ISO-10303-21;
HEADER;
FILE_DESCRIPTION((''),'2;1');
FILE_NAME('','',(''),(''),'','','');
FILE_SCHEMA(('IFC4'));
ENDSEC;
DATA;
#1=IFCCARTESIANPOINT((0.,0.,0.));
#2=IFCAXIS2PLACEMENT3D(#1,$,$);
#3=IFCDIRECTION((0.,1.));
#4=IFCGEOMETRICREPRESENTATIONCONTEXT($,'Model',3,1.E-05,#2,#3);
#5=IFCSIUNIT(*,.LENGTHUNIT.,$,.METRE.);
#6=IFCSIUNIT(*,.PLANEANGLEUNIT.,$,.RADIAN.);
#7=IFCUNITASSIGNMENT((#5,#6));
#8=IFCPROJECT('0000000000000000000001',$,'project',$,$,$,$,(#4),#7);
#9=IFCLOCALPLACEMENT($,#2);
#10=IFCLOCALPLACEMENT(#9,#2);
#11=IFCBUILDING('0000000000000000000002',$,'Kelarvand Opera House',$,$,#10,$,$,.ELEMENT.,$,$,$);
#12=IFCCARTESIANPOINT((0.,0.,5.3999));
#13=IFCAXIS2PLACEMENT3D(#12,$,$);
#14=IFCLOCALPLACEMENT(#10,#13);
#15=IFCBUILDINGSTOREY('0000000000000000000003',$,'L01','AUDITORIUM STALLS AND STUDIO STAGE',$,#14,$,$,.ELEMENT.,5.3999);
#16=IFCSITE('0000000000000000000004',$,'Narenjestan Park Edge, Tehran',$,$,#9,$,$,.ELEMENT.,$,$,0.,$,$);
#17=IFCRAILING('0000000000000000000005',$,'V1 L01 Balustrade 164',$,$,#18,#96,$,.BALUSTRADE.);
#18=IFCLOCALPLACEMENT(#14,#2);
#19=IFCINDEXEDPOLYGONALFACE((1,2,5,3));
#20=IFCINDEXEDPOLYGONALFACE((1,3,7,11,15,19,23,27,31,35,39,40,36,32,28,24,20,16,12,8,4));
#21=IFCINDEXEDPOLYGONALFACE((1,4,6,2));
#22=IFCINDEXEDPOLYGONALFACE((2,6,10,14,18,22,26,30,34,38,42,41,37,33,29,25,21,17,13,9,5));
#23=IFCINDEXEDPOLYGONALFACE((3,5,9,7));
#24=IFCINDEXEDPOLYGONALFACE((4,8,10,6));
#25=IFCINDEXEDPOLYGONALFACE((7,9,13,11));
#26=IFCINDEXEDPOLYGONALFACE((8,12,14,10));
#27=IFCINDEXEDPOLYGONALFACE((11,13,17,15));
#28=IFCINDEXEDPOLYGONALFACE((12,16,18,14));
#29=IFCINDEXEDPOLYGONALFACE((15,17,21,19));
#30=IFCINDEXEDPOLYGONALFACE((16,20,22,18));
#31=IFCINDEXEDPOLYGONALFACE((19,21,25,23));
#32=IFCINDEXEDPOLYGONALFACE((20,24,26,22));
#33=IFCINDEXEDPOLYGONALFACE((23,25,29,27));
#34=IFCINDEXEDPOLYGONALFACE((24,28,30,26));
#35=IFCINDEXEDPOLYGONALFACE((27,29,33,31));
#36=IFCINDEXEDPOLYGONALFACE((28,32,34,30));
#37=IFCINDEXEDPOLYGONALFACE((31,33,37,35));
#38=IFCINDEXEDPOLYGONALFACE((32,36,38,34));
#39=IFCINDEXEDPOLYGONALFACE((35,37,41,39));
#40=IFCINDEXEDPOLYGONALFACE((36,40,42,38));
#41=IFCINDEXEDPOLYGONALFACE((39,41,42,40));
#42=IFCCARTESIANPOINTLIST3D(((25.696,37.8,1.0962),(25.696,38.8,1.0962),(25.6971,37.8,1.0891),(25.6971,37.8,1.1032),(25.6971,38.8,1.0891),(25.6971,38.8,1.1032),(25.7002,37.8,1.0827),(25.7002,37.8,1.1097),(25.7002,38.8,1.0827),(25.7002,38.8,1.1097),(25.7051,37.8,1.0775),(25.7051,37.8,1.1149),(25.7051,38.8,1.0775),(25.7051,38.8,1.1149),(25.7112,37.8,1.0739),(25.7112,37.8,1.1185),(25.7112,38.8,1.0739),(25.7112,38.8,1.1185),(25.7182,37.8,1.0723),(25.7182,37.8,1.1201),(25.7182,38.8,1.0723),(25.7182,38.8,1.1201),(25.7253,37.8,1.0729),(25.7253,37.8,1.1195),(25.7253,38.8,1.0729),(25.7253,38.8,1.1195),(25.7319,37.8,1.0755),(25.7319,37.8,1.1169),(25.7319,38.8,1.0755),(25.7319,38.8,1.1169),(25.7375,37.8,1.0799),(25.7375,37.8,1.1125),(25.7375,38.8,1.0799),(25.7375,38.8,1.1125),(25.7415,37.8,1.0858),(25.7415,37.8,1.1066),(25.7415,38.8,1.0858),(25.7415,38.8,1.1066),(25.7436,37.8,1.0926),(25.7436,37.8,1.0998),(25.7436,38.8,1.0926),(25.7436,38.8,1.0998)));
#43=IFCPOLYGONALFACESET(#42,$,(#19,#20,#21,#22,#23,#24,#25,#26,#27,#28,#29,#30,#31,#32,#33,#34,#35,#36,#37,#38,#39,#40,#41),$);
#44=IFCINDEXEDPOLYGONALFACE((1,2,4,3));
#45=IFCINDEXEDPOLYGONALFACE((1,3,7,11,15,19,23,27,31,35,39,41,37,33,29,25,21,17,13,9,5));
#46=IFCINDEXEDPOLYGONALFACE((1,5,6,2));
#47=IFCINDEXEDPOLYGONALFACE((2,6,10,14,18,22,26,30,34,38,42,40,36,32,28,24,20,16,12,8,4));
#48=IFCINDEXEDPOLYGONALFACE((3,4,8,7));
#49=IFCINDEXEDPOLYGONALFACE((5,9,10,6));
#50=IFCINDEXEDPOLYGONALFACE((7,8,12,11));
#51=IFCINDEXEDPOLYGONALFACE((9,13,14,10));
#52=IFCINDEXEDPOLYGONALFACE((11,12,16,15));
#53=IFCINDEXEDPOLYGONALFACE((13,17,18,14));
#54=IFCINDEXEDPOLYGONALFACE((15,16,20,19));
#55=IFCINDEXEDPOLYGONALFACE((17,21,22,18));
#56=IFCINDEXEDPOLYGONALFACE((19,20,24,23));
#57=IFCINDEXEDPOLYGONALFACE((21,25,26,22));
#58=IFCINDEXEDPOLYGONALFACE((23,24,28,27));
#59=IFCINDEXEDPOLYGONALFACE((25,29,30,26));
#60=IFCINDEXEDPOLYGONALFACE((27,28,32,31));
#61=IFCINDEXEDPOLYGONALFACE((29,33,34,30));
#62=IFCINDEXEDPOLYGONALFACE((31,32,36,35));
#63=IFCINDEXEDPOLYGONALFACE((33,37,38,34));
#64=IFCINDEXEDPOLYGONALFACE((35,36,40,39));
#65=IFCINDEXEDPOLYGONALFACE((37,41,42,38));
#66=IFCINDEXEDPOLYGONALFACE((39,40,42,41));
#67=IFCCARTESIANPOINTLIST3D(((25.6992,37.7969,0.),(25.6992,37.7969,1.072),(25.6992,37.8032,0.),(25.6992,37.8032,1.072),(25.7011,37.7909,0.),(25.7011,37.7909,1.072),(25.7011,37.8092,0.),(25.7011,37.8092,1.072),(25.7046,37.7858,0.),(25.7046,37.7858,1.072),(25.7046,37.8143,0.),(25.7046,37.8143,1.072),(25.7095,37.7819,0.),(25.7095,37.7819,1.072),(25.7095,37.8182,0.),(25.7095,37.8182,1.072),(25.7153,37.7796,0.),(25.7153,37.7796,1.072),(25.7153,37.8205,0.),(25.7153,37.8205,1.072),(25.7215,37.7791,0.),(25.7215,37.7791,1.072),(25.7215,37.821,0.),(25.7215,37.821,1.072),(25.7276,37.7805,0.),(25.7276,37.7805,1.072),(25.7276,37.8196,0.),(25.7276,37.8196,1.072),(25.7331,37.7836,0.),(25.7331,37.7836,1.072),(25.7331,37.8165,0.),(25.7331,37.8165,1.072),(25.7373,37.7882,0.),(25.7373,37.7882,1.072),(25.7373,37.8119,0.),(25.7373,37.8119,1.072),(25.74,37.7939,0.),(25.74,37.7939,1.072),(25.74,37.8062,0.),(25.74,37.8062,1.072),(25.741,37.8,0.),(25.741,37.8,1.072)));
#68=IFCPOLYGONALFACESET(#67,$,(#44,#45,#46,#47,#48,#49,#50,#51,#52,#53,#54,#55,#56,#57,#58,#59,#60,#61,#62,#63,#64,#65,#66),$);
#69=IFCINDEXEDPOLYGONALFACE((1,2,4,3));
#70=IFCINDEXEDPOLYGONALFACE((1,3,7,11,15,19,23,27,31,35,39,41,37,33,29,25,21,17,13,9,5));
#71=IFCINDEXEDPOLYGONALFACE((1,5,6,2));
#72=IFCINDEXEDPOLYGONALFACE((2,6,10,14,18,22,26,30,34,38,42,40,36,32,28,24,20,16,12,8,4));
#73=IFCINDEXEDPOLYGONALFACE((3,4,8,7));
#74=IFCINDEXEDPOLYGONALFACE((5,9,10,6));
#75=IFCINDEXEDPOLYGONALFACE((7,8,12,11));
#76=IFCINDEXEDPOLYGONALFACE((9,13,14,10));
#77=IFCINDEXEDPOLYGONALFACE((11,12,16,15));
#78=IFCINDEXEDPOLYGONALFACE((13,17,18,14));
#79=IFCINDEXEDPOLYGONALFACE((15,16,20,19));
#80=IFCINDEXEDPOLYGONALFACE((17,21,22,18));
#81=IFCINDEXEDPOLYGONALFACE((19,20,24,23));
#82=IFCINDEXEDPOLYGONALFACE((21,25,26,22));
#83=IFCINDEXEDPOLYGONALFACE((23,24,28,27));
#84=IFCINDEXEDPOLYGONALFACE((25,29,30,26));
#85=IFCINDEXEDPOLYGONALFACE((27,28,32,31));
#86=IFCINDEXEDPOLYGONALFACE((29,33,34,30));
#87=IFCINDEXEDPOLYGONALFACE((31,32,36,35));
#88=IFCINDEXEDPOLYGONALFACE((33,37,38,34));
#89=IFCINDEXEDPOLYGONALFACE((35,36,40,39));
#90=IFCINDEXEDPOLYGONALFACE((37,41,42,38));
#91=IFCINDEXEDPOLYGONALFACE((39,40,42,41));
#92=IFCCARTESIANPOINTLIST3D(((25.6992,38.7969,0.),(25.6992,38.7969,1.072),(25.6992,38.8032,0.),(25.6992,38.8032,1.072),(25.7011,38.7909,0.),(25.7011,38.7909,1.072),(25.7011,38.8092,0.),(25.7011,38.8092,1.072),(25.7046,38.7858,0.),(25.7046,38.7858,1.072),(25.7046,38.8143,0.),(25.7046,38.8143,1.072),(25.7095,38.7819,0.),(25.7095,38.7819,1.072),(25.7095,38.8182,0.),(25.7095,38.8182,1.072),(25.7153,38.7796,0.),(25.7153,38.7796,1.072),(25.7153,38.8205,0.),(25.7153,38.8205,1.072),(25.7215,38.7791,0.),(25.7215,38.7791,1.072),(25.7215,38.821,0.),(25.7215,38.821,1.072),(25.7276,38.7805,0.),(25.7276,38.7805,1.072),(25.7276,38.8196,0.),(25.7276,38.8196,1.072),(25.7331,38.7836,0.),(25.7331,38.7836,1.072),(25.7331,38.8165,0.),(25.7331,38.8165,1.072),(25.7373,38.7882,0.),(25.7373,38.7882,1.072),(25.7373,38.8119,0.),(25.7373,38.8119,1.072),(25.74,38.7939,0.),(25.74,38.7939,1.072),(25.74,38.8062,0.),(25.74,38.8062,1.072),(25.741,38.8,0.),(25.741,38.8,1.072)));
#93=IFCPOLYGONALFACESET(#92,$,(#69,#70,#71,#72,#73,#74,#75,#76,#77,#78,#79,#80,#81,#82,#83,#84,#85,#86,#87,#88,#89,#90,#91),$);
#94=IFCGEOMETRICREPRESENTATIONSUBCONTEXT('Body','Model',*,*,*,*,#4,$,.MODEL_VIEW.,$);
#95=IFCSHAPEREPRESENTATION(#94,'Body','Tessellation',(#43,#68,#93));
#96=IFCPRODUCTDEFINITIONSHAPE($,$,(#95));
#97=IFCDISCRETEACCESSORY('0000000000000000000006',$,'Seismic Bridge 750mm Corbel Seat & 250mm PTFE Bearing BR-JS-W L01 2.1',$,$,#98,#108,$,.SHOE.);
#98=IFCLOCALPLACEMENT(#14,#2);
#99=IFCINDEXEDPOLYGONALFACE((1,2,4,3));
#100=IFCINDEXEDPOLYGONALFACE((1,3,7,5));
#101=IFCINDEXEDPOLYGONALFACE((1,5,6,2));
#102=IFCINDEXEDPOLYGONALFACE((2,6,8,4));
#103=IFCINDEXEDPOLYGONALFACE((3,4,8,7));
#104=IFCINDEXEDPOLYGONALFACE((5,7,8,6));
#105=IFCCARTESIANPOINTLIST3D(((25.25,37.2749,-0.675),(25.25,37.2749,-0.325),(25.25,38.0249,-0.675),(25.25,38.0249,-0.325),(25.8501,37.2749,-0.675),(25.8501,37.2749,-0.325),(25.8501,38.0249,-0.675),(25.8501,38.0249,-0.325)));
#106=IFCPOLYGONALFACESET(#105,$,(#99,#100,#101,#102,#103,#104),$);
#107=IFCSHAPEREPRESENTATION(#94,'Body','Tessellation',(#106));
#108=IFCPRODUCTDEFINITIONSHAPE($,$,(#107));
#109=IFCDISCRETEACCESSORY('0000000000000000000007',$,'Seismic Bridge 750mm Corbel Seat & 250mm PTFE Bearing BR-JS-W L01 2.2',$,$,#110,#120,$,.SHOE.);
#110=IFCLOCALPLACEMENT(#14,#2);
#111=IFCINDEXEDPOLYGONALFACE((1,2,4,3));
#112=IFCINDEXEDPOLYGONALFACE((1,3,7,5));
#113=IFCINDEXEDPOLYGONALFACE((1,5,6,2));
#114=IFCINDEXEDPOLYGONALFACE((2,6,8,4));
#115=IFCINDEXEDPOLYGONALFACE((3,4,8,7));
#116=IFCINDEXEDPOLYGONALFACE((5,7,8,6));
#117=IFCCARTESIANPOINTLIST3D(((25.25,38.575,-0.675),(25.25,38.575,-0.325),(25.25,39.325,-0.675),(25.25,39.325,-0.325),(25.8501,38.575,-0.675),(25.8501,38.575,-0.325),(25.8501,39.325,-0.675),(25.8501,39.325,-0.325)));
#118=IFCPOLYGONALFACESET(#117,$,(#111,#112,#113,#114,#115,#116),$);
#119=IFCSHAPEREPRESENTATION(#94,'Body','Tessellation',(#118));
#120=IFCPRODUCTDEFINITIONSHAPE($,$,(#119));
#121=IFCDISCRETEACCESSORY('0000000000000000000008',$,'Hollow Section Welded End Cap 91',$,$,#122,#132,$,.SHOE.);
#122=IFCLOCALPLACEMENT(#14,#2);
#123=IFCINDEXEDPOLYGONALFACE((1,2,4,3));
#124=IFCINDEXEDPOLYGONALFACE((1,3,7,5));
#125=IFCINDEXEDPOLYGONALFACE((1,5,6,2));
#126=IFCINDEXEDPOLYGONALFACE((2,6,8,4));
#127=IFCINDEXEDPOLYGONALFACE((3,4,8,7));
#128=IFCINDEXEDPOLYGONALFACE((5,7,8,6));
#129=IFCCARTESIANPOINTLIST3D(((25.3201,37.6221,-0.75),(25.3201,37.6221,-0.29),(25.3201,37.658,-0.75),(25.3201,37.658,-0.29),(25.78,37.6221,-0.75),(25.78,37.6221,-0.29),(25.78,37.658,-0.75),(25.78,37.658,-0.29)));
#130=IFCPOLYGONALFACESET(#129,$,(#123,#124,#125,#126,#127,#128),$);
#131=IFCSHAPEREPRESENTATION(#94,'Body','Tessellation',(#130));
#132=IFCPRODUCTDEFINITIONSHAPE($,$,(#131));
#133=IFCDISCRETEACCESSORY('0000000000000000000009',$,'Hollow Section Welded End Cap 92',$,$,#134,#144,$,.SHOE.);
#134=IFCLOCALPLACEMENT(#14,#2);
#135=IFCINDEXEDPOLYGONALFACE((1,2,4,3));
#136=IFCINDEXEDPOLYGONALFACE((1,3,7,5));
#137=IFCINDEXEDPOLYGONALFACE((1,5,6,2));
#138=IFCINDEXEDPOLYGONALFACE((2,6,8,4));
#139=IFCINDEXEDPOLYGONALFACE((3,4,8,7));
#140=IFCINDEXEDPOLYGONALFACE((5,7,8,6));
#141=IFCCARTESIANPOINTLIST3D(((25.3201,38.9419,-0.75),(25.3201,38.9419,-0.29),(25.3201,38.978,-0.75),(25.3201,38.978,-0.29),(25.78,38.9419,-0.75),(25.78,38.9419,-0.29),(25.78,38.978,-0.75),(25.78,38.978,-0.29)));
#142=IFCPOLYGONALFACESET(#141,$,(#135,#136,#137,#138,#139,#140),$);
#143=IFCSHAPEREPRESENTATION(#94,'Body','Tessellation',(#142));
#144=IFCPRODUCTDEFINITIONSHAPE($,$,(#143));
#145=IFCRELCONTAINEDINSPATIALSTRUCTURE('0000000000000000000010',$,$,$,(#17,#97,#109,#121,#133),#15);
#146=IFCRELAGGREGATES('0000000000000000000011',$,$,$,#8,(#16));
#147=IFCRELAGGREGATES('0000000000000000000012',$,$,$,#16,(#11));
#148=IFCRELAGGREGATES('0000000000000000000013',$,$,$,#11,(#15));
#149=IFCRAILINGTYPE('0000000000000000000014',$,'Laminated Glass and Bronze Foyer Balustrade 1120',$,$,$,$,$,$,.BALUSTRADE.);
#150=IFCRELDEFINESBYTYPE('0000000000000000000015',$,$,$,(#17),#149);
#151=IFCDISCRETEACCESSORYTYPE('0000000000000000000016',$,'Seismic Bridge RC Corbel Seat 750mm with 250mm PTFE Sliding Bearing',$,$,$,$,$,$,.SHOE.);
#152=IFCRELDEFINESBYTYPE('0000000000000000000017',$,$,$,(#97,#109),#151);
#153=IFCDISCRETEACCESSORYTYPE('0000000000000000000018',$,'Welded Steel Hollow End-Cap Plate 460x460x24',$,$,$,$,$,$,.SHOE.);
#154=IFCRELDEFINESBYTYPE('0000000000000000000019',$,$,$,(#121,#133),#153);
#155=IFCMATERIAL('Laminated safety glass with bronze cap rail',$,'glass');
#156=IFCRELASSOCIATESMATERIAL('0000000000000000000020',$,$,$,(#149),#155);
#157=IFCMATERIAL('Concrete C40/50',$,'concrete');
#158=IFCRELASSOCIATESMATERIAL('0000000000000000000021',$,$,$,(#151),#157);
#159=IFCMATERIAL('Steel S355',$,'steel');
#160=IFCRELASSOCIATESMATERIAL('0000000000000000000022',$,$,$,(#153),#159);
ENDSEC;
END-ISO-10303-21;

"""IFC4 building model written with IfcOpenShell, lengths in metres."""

from ifc_helpers import new_model, si_unit, direction, frame, origin, origin_2d, place, context, subcontext, project, spatial, rectangle, circle, extrude, material, material_profile, profile_set, type_object, element, save


model = new_model("IFC4")

# Units and contexts
model_context = context("Model", 3, precision=1e-05, world=origin(), true_north=direction((0.0, 1.0)))
body_context = subcontext(model_context, "Body", "Model", "MODEL_VIEW")
ifc_project = project(units=[si_unit("LENGTHUNIT", "METRE"), si_unit("PLANEANGLEUNIT", "RADIAN")], contexts=[model_context])

# Site, building, storey
site_placement = place(None, origin())
site = spatial("IfcSite", under=ifc_project, at=site_placement, Name="Narenjestan Park Edge, Tehran", CompositionType="ELEMENT", RefElevation=0.0)
building_placement = place(site_placement, origin())
building = spatial("IfcBuilding", under=site, at=building_placement, Name="Kelarvand Opera House", CompositionType="ELEMENT")
storey_placement = place(building_placement, frame((0.0, 0.0, 5.3999)))
storey = spatial("IfcBuildingStorey", under=building, at=storey_placement, Name="L01", Description="AUDITORIUM STALLS AND STUDIO STAGE", CompositionType="ELEMENT", Elevation=5.3999)

# Shared definitions
ifc_material_1 = material(Name="Concrete C40/50", Category="concrete")

# Shared definitions
ifc_material_2 = material(Name="Steel S355", Category="steel")

# Railing
ifc_material_3 = material(Name="Laminated safety glass with bronze cap rail", Category="glass")
railing_type = type_object("IfcRailingType", Name="Laminated Glass and Bronze Foyer Balustrade 1120", PredefinedType="BALUSTRADE", material=ifc_material_3)
railing_placement = place(storey_placement, frame((25.72, 37.8, 0.0)))
element("IfcRailing", 1, at=railing_placement, inside=storey, type_object=railing_type, Name="V1 L01 Balustrade 164", PredefinedType="BALUSTRADE", context=body_context, shape_type="SweptSolid", body=[
    extrude(circle(Radius=0.0239, at=origin_2d()), frame((0.0, 0.0, 1.0962), z_axis=(0.0, 1.0, 0.0), x_axis=(-1.0, 0.0, 0.0)), (0.0, 0.0, 1.0), 1.0),
    extrude(circle(Radius=0.021, at=origin_2d()), origin(), (0.0, 0.0, 1.0), 1.072),
    extrude(circle(Radius=0.021, at=origin_2d()), frame((0.0, 1.0, 0.0)), (0.0, 0.0, 1.0), 1.072),
])

# Discrete accessories
discrete_accessory_type_1 = type_object("IfcDiscreteAccessoryType", Name="Seismic Bridge RC Corbel Seat 750mm with 250mm PTFE Sliding Bearing", PredefinedType="SHOE", material=ifc_material_1)
for number, where, z_axis, x_axis, name in (
    (2, (25.55, 37.6499, -0.675), (0.0, 0.0, 1.0), (0.0, 1.0, 0.0), "Seismic Bridge 750mm Corbel Seat & 250mm PTFE Bearing BR-JS-W L01 2.1"),
    (3, (25.55, 38.95, -0.675), (0.0, 0.0, 1.0), (0.0, 1.0, 0.0), "Seismic Bridge 750mm Corbel Seat & 250mm PTFE Bearing BR-JS-W L01 2.2"),
):
    element("IfcDiscreteAccessory", number, at=place(storey_placement, frame(where, z_axis=z_axis, x_axis=x_axis)), inside=storey, type_object=discrete_accessory_type_1, Name=name, PredefinedType="SHOE", context=body_context, shape_type="SweptSolid", body=[
        extrude(rectangle(XDim=0.75, YDim=0.6001, at=origin_2d()), origin(), (0.0, 0.0, 1.0), 0.3501),
    ])
ifc_material_profile_1 = material_profile(ifc_material_2, rectangle(XDim=0.46, YDim=0.46, at=origin_2d()), Name="Welded Steel Hollow End-Cap Plate 460x460x24", Category="steel")
ifc_profile_set_1 = profile_set([ifc_material_profile_1], Name="Steel S355")
discrete_accessory_type_2 = type_object("IfcDiscreteAccessoryType", Name="Welded Steel Hollow End-Cap Plate 460x460x24", PredefinedType="SHOE", material=ifc_profile_set_1)
discrete_accessory_1_placement = place(storey_placement, frame((25.55, 37.658, -0.52), z_axis=(0.0, -1.0, 0.0), x_axis=(1.0, 0.0, 0.0)))
element("IfcDiscreteAccessory", 4, at=discrete_accessory_1_placement, inside=storey, type_object=discrete_accessory_type_2, Name="Hollow Section Welded End Cap 91", PredefinedType="SHOE", context=body_context, shape_type="SweptSolid", body=[
    extrude(rectangle(XDim=0.46, YDim=0.46, at=origin_2d()), origin(), (0.0, 0.0, 1.0), 0.0359),
])
discrete_accessory_2_placement = place(storey_placement, frame((25.55, 38.9419, -0.52), z_axis=(0.0, 1.0, 0.0), x_axis=(-1.0, 0.0, 0.0)))
element("IfcDiscreteAccessory", 5, at=discrete_accessory_2_placement, inside=storey, type_object=discrete_accessory_type_2, Name="Hollow Section Welded End Cap 92", PredefinedType="SHOE", context=body_context, shape_type="SweptSolid", body=[
    extrude(rectangle(XDim=0.46, YDim=0.46, at=origin_2d()), origin(), (0.0, 0.0, 1.0), 0.0361),
])

save(model, "model.ifc")
